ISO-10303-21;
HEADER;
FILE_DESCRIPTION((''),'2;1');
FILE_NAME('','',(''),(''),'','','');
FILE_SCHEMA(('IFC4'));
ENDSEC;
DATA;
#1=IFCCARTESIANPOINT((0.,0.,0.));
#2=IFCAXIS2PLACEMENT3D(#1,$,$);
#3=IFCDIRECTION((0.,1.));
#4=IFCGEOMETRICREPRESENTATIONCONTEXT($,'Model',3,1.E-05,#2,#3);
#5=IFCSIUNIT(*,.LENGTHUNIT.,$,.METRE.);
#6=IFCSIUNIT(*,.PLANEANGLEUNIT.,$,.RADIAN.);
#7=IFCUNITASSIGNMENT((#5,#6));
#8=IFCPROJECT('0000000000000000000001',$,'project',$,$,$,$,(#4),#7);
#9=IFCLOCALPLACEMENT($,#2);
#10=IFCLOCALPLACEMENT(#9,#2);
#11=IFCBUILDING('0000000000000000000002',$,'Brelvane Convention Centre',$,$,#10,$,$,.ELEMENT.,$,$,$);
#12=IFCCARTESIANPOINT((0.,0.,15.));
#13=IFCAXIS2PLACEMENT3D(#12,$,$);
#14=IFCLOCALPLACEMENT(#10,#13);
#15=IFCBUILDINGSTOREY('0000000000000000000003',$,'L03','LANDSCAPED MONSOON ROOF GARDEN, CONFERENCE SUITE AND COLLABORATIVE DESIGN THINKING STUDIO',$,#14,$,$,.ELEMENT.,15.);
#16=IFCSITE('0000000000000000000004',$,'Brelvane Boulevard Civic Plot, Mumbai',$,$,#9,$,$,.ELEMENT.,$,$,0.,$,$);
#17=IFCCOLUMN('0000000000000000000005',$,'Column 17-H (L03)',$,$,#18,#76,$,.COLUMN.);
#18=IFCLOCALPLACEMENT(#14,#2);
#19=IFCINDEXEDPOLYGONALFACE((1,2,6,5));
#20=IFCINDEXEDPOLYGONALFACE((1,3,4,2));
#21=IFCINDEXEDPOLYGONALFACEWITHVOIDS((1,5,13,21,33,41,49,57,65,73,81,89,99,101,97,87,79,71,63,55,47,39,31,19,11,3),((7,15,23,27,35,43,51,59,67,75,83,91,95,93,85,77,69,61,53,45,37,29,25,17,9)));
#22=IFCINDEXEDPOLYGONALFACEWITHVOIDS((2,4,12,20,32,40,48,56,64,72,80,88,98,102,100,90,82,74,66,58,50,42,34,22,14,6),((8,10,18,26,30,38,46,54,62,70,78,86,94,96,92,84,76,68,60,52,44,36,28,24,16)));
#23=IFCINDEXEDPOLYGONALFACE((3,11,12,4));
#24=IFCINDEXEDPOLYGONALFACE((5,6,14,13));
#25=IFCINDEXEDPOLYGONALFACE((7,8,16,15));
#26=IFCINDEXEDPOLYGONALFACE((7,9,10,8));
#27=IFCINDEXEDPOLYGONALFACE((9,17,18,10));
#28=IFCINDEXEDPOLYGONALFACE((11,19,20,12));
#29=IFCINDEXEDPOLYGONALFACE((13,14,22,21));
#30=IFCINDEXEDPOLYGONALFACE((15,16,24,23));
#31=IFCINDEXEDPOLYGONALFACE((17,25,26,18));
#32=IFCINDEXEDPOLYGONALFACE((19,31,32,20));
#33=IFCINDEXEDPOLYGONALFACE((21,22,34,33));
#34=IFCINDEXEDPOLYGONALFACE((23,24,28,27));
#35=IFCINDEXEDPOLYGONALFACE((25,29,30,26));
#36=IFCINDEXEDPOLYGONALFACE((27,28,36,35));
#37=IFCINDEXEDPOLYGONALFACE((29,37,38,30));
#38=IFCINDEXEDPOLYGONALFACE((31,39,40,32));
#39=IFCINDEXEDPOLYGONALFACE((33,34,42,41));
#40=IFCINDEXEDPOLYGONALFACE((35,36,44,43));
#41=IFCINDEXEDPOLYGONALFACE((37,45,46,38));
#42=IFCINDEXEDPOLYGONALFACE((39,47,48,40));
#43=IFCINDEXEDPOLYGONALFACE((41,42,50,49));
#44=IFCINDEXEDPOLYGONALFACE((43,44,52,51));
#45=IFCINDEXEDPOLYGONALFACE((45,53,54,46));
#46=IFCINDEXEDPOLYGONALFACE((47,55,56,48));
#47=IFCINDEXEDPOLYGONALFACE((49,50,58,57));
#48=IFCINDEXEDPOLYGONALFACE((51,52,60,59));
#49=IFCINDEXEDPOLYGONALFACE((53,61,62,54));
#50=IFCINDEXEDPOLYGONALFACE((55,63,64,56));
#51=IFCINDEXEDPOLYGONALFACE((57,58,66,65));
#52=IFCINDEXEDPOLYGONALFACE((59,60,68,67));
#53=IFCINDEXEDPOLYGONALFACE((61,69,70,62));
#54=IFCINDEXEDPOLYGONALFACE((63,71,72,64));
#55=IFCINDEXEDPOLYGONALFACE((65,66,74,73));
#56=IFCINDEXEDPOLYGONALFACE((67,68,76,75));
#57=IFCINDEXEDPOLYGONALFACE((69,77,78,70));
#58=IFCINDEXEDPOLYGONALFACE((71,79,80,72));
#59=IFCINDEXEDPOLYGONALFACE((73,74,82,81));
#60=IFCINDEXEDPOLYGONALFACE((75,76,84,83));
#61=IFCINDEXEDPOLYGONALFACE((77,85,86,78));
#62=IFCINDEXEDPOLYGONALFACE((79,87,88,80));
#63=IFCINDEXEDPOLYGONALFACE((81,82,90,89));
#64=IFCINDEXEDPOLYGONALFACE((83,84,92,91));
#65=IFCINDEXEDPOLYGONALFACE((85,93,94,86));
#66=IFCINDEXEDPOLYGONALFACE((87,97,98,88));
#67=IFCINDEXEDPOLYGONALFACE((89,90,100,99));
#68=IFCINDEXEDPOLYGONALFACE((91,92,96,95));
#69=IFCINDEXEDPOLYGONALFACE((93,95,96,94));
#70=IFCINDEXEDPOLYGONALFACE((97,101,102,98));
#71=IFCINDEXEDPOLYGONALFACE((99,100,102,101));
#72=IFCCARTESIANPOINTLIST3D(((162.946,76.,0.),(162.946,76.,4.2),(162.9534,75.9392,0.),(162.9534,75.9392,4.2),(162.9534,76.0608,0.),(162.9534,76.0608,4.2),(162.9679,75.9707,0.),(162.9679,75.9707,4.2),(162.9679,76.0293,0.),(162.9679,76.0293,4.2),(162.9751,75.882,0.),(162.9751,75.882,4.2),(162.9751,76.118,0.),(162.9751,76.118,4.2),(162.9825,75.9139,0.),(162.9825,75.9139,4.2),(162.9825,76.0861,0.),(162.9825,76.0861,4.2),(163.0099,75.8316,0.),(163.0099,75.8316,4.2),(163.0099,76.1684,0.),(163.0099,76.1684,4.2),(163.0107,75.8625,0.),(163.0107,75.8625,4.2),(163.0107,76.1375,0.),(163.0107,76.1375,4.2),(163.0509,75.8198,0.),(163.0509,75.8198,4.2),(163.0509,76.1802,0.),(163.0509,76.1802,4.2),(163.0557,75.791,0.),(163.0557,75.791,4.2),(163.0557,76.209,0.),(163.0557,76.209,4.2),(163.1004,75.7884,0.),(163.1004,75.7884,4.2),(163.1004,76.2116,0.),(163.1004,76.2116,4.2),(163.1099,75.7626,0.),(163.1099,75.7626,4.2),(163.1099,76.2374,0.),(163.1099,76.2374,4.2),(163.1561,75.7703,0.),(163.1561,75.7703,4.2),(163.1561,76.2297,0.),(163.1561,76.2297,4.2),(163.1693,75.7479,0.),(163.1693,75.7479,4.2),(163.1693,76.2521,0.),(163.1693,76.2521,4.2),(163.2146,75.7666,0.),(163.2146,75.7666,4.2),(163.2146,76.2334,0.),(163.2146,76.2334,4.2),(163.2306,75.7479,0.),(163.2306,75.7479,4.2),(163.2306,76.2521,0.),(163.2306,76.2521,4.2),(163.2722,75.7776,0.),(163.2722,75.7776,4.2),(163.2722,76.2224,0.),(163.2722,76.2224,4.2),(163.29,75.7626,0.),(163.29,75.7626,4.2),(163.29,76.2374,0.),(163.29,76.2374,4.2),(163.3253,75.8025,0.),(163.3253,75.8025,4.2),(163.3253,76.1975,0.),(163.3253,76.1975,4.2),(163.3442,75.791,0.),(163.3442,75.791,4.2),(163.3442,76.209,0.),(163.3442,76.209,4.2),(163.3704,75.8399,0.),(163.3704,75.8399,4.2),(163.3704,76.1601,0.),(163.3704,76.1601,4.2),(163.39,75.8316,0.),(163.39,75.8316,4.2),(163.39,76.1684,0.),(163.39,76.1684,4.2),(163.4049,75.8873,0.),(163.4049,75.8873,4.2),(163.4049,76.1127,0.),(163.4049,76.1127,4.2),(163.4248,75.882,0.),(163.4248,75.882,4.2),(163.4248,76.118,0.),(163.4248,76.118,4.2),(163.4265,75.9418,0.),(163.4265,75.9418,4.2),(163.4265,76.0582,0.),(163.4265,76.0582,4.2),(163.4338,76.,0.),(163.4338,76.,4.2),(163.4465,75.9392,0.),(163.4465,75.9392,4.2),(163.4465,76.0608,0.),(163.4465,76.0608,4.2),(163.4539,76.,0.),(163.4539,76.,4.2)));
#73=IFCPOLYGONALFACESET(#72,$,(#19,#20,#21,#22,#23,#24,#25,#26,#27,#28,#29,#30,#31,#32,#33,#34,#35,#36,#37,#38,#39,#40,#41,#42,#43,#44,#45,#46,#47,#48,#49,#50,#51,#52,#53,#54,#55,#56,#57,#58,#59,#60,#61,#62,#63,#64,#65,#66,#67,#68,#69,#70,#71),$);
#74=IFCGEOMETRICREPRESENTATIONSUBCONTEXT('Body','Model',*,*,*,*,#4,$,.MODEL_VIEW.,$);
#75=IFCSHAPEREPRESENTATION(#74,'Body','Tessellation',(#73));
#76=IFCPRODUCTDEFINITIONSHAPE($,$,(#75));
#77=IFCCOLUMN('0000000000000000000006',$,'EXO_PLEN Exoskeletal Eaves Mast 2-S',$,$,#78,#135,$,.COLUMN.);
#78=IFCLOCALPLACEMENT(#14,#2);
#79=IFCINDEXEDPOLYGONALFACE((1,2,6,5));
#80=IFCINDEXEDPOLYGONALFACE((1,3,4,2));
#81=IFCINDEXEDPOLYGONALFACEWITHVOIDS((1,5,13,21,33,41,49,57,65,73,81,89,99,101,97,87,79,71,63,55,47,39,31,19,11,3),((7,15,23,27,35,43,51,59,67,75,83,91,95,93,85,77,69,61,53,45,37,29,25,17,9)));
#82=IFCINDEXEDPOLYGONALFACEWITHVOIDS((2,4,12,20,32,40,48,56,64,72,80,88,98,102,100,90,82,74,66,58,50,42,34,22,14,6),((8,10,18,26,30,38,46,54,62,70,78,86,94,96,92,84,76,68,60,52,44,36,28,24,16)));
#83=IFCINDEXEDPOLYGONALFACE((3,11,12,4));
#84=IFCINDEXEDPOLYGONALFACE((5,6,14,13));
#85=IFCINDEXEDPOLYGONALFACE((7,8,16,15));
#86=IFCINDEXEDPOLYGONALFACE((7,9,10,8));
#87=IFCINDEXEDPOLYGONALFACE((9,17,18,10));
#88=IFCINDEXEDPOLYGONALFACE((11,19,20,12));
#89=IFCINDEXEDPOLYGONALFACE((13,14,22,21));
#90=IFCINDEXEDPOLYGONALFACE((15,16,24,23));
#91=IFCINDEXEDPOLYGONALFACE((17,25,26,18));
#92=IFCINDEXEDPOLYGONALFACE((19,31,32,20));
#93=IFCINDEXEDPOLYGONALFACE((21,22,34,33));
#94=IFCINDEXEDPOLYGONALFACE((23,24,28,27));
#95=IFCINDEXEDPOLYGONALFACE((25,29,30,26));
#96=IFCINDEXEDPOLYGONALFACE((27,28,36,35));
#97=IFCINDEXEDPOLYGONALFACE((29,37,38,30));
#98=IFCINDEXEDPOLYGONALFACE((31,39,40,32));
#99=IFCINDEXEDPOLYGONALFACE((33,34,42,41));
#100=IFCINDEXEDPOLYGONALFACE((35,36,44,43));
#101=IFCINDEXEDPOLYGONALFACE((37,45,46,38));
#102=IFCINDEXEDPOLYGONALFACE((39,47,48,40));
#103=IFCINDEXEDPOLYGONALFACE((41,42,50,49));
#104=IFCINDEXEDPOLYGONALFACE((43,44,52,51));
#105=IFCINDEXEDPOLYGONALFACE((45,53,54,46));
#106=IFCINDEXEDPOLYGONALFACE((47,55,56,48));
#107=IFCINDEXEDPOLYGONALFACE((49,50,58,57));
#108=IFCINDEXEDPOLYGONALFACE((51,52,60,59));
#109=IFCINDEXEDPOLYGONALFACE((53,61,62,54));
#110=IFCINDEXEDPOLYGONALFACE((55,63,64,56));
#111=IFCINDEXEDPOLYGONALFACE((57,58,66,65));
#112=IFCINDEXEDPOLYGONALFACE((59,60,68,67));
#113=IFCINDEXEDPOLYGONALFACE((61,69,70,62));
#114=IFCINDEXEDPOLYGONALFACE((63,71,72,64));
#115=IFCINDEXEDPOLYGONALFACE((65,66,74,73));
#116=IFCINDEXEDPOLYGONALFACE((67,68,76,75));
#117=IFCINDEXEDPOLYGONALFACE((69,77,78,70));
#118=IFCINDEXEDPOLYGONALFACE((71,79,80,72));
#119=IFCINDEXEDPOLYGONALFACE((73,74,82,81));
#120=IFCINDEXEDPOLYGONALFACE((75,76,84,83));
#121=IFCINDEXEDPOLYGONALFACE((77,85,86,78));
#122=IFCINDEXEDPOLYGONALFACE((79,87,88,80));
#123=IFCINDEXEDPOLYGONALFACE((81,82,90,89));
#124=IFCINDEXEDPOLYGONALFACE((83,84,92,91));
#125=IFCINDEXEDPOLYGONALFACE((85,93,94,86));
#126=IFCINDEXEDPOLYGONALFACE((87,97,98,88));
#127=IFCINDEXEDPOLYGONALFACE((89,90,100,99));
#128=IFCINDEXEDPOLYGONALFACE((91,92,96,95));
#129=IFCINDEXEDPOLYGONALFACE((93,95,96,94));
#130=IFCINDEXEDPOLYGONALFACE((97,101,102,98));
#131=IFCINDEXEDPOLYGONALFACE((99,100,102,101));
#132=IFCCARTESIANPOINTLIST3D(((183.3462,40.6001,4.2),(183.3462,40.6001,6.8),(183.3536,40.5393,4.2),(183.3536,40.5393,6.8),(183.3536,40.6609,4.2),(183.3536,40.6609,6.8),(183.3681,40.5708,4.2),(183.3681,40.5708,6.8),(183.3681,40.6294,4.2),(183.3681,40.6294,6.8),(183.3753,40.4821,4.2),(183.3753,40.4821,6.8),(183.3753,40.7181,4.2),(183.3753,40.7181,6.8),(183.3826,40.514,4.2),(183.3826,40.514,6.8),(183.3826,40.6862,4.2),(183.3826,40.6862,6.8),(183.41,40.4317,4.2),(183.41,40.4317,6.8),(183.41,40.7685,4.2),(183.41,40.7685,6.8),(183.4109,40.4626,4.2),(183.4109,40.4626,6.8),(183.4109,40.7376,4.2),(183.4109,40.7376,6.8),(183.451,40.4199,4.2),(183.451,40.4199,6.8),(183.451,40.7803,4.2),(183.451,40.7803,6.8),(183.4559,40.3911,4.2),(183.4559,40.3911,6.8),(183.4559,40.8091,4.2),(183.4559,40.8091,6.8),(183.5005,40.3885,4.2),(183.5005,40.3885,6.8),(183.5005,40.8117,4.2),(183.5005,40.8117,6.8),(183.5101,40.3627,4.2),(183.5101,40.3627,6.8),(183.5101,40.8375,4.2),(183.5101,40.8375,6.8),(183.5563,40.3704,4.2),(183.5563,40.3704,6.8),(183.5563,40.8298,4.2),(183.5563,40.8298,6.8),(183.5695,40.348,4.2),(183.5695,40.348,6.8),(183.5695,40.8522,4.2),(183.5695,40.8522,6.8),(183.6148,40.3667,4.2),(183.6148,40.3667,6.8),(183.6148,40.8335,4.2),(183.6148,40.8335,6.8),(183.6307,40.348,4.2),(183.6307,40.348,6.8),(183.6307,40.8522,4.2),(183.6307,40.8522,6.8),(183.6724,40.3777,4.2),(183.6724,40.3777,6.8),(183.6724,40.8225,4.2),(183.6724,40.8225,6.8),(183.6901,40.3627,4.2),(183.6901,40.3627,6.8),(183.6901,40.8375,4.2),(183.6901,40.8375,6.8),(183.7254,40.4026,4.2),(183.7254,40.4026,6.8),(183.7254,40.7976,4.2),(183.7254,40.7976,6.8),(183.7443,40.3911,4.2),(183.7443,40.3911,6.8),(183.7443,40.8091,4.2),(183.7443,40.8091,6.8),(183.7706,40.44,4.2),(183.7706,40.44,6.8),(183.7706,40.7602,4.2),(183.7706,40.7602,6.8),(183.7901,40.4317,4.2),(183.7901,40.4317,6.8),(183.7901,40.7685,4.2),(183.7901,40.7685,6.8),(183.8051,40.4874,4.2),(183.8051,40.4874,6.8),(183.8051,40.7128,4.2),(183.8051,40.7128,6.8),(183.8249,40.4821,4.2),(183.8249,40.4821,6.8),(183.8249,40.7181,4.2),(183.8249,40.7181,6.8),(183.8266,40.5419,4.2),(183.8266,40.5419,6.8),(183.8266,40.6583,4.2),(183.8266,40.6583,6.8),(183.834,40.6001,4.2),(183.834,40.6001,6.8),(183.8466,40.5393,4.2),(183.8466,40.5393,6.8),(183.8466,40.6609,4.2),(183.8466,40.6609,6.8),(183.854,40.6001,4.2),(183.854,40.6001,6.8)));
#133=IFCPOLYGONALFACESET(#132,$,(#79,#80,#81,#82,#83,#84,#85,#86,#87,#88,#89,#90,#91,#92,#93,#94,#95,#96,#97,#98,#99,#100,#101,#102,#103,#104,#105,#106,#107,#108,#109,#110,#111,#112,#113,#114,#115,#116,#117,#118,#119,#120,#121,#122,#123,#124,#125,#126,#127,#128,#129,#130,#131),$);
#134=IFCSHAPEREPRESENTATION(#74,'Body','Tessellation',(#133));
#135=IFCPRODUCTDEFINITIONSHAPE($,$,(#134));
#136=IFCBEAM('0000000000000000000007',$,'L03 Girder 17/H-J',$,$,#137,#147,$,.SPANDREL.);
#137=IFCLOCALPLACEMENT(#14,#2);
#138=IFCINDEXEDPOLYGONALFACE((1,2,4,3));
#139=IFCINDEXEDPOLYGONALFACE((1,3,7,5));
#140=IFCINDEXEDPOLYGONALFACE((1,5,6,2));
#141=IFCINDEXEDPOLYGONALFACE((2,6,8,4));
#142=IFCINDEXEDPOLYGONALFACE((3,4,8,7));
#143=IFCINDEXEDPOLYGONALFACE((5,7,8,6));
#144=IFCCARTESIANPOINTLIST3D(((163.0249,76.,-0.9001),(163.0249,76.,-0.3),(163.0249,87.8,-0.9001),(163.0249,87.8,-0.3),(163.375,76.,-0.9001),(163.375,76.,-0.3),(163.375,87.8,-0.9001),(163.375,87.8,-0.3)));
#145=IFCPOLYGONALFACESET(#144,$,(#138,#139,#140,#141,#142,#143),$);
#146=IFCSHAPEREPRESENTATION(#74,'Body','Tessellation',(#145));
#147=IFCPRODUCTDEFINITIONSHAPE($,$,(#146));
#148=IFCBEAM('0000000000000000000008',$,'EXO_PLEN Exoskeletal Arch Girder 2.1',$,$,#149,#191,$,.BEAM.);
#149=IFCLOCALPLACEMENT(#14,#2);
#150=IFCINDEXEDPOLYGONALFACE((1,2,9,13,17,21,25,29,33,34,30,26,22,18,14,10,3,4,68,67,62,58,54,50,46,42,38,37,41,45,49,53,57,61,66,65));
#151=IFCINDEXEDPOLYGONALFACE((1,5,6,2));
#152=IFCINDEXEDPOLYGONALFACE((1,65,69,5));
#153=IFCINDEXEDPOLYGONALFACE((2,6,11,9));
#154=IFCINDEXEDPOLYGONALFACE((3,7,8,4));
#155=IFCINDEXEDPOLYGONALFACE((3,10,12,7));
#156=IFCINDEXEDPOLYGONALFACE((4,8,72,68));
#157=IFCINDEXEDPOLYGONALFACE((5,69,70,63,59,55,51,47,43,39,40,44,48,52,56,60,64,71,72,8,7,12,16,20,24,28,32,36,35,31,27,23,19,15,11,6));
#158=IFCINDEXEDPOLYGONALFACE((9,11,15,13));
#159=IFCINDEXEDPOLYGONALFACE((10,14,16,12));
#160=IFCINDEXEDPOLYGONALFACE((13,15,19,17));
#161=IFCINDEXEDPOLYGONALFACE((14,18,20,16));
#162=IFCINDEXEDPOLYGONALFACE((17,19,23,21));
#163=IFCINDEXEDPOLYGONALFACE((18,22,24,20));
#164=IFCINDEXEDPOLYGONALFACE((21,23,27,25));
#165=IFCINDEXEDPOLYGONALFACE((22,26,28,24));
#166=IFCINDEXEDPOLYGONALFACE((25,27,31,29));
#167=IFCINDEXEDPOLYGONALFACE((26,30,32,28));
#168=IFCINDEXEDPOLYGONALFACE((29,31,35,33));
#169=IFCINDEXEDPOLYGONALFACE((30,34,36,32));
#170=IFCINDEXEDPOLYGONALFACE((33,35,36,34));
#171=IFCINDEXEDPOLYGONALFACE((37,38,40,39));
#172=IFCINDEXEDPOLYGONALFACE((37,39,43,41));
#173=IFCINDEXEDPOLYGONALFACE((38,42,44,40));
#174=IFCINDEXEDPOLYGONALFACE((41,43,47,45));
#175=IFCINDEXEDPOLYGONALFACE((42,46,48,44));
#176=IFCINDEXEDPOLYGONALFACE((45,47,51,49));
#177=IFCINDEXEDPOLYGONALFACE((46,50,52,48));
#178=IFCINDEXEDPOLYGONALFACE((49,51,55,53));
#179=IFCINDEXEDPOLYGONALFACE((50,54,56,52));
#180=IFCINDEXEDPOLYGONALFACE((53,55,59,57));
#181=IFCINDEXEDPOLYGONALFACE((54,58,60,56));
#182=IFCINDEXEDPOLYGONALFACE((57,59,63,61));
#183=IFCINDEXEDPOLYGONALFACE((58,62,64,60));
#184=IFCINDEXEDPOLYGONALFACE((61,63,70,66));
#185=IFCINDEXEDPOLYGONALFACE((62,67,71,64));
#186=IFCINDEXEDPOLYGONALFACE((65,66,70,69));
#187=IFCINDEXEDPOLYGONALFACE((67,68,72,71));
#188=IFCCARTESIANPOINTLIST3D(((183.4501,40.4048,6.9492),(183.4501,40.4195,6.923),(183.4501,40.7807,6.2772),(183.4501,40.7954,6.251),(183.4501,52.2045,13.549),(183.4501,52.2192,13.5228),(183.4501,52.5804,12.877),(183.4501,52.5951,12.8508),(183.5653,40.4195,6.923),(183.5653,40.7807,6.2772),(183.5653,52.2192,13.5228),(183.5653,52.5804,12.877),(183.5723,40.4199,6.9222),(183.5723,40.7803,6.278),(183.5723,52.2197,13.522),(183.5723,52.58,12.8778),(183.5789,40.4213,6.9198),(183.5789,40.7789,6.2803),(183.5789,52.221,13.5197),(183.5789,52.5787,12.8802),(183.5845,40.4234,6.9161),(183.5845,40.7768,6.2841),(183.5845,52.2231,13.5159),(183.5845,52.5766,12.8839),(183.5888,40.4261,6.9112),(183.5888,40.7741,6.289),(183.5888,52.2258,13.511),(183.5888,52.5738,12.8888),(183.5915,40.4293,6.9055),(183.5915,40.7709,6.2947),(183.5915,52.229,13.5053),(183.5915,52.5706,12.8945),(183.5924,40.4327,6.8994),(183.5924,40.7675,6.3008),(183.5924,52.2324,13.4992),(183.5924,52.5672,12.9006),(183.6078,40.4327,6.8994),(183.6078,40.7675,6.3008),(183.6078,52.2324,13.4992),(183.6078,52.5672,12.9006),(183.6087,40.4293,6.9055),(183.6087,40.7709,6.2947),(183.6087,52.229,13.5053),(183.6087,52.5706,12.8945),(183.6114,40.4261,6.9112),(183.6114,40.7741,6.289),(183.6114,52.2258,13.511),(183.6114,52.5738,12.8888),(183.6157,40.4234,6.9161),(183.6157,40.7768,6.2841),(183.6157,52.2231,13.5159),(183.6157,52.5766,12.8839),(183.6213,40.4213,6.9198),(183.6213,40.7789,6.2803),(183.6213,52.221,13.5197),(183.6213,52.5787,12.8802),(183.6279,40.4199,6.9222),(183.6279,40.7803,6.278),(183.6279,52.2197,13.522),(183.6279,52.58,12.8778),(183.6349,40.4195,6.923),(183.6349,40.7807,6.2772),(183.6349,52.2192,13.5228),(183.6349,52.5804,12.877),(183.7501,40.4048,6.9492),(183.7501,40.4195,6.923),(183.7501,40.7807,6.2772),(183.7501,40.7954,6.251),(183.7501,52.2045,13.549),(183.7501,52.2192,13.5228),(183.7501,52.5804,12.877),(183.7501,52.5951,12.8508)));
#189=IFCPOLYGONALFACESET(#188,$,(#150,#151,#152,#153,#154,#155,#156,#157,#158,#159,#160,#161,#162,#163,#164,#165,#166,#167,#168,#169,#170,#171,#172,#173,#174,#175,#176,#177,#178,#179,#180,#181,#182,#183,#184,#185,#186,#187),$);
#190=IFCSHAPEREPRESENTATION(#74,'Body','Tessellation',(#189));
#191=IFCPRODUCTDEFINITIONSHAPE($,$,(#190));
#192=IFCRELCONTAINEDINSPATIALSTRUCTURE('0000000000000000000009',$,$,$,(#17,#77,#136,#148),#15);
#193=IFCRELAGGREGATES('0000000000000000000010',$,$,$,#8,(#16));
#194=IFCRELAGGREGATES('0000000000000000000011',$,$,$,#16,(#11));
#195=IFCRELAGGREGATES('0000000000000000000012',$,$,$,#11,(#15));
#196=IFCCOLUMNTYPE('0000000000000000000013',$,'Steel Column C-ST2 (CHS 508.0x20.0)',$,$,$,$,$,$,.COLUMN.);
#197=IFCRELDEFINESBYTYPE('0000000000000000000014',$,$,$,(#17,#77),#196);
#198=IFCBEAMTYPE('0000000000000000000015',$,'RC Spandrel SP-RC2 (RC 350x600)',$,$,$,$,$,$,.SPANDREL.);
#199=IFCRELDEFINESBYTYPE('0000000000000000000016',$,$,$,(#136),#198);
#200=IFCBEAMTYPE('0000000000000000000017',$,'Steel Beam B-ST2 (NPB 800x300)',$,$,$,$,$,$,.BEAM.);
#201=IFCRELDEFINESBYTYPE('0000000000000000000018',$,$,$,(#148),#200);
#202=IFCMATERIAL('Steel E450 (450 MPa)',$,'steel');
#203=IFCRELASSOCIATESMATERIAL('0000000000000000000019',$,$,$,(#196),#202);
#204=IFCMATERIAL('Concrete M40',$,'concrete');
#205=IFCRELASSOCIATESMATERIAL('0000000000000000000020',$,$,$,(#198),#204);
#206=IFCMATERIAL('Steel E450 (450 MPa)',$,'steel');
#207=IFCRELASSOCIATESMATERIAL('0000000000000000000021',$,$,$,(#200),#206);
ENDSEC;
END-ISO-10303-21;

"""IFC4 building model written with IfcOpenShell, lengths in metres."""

from ifc_helpers import new_model, si_unit, direction, frame, origin, origin_2d, place, context, subcontext, project, spatial, rectangle, hollow_circle, i_section, extrude, material, material_profile, profile_set, type_object, element, save


model = new_model("IFC4")

# Units and contexts
model_context = context("Model", 3, precision=1e-05, world=origin(), true_north=direction((0.0, 1.0)))
body_context = subcontext(model_context, "Body", "Model", "MODEL_VIEW")
ifc_project = project(units=[si_unit("LENGTHUNIT", "METRE"), si_unit("PLANEANGLEUNIT", "RADIAN")], contexts=[model_context])

# Site, building, storey
site_placement = place(None, origin())
site = spatial("IfcSite", under=ifc_project, at=site_placement, Name="Brelvane Boulevard Civic Plot, Mumbai", CompositionType="ELEMENT", RefElevation=0.0)
building_placement = place(site_placement, origin())
building = spatial("IfcBuilding", under=site, at=building_placement, Name="Brelvane Convention Centre", CompositionType="ELEMENT")
storey_placement = place(building_placement, frame((0.0, 0.0, 15.0)))
storey = spatial("IfcBuildingStorey", under=building, at=storey_placement, Name="L03", Description="LANDSCAPED MONSOON ROOF GARDEN, CONFERENCE SUITE AND COLLABORATIVE DESIGN THINKING STUDIO", CompositionType="ELEMENT", Elevation=15.0)

# Columns
ifc_material_1 = material(Name="Steel E450 (450 MPa)", Category="steel")
ifc_material_profile_1 = material_profile(ifc_material_1, hollow_circle(Radius=0.2539, WallThickness=0.02, at=origin_2d()), Name="CHS 508.0x20.0")
ifc_profile_set_1 = profile_set([ifc_material_profile_1], Name="Steel E450 (450 MPa)")
column_type = type_object("IfcColumnType", Name="Steel Column C-ST2 (CHS 508.0x20.0)", PredefinedType="COLUMN", material=ifc_profile_set_1)
column_1_placement = place(storey_placement, frame((163.2, 76.0, 0.0), z_axis=(0.0, 0.0, 1.0), x_axis=(1.0, 0.0, 0.0)))
element("IfcColumn", 1, at=column_1_placement, inside=storey, type_object=column_type, Name="Column 17-H (L03)", PredefinedType="COLUMN", context=body_context, shape_type="SweptSolid", body=[
    extrude(hollow_circle(Radius=0.2539, WallThickness=0.02, at=origin_2d()), origin(), (0.0, 0.0, 1.0), 4.2),
])
column_2_placement = place(storey_placement, frame((183.6001, 40.6001, 4.2), z_axis=(0.0, 0.0, 1.0), x_axis=(1.0, 0.0, 0.0)))
element("IfcColumn", 2, at=column_2_placement, inside=storey, type_object=column_type, Name="EXO_PLEN Exoskeletal Eaves Mast 2-S", PredefinedType="COLUMN", context=body_context, shape_type="SweptSolid", body=[
    extrude(hollow_circle(Radius=0.2539, WallThickness=0.02, at=origin_2d()), origin(), (0.0, 0.0, 1.0), 2.6001),
])

# Beams
ifc_material_2 = material(Name="Concrete M40", Category="concrete")
ifc_material_profile_2 = material_profile(ifc_material_2, rectangle(XDim=0.3501, YDim=0.6001, at=origin_2d()), Name="RC 350x600")
ifc_profile_set_2 = profile_set([ifc_material_profile_2], Name="Concrete M40")
beam_type_1 = type_object("IfcBeamType", Name="RC Spandrel SP-RC2 (RC 350x600)", PredefinedType="SPANDREL", material=ifc_profile_set_2)
beam_1_placement = place(storey_placement, frame((163.2, 76.0, -0.6001), z_axis=(0.0, 1.0, 0.0), x_axis=(-1.0, 0.0, 0.0)))
element("IfcBeam", 3, at=beam_1_placement, inside=storey, type_object=beam_type_1, Name="L03 Girder 17/H-J", PredefinedType="SPANDREL", context=body_context, shape_type="SweptSolid", body=[
    extrude(rectangle(XDim=0.3501, YDim=0.6001, at=origin_2d()), origin(), (0.0, 0.0, 1.0), 11.8),
])
ifc_material_3 = material(Name="Steel E450 (450 MPa)", Category="steel")
ifc_material_profile_3 = material_profile(ifc_material_3, i_section(OverallWidth=0.3, OverallDepth=0.8, WebThickness=0.0154, FlangeThickness=0.03, FilletRadius=0.0271, at=origin_2d()), Name="NPB 800x300")
ifc_profile_set_3 = profile_set([ifc_material_profile_3], Name="Steel E450 (450 MPa)")
beam_type_2 = type_object("IfcBeamType", Name="Steel Beam B-ST2 (NPB 800x300)", PredefinedType="BEAM", material=ifc_profile_set_3)
beam_2_placement = place(storey_placement, frame((183.6001, 40.6001, 6.6001), z_axis=(0.0, 0.872759, 0.488151), x_axis=(-1.0, 0.0, 0.0)))
element("IfcBeam", 4, at=beam_2_placement, inside=storey, type_object=beam_type_2, Name="EXO_PLEN Exoskeletal Arch Girder 2.1", PredefinedType="BEAM", context=body_context, shape_type="SweptSolid", body=[
    extrude(i_section(OverallWidth=0.3, OverallDepth=0.8, WebThickness=0.0154, FlangeThickness=0.03, FilletRadius=0.0271, at=origin_2d()), origin(), (0.0, 0.0, 1.0), 13.52),
])

save(model, "model.ifc")
